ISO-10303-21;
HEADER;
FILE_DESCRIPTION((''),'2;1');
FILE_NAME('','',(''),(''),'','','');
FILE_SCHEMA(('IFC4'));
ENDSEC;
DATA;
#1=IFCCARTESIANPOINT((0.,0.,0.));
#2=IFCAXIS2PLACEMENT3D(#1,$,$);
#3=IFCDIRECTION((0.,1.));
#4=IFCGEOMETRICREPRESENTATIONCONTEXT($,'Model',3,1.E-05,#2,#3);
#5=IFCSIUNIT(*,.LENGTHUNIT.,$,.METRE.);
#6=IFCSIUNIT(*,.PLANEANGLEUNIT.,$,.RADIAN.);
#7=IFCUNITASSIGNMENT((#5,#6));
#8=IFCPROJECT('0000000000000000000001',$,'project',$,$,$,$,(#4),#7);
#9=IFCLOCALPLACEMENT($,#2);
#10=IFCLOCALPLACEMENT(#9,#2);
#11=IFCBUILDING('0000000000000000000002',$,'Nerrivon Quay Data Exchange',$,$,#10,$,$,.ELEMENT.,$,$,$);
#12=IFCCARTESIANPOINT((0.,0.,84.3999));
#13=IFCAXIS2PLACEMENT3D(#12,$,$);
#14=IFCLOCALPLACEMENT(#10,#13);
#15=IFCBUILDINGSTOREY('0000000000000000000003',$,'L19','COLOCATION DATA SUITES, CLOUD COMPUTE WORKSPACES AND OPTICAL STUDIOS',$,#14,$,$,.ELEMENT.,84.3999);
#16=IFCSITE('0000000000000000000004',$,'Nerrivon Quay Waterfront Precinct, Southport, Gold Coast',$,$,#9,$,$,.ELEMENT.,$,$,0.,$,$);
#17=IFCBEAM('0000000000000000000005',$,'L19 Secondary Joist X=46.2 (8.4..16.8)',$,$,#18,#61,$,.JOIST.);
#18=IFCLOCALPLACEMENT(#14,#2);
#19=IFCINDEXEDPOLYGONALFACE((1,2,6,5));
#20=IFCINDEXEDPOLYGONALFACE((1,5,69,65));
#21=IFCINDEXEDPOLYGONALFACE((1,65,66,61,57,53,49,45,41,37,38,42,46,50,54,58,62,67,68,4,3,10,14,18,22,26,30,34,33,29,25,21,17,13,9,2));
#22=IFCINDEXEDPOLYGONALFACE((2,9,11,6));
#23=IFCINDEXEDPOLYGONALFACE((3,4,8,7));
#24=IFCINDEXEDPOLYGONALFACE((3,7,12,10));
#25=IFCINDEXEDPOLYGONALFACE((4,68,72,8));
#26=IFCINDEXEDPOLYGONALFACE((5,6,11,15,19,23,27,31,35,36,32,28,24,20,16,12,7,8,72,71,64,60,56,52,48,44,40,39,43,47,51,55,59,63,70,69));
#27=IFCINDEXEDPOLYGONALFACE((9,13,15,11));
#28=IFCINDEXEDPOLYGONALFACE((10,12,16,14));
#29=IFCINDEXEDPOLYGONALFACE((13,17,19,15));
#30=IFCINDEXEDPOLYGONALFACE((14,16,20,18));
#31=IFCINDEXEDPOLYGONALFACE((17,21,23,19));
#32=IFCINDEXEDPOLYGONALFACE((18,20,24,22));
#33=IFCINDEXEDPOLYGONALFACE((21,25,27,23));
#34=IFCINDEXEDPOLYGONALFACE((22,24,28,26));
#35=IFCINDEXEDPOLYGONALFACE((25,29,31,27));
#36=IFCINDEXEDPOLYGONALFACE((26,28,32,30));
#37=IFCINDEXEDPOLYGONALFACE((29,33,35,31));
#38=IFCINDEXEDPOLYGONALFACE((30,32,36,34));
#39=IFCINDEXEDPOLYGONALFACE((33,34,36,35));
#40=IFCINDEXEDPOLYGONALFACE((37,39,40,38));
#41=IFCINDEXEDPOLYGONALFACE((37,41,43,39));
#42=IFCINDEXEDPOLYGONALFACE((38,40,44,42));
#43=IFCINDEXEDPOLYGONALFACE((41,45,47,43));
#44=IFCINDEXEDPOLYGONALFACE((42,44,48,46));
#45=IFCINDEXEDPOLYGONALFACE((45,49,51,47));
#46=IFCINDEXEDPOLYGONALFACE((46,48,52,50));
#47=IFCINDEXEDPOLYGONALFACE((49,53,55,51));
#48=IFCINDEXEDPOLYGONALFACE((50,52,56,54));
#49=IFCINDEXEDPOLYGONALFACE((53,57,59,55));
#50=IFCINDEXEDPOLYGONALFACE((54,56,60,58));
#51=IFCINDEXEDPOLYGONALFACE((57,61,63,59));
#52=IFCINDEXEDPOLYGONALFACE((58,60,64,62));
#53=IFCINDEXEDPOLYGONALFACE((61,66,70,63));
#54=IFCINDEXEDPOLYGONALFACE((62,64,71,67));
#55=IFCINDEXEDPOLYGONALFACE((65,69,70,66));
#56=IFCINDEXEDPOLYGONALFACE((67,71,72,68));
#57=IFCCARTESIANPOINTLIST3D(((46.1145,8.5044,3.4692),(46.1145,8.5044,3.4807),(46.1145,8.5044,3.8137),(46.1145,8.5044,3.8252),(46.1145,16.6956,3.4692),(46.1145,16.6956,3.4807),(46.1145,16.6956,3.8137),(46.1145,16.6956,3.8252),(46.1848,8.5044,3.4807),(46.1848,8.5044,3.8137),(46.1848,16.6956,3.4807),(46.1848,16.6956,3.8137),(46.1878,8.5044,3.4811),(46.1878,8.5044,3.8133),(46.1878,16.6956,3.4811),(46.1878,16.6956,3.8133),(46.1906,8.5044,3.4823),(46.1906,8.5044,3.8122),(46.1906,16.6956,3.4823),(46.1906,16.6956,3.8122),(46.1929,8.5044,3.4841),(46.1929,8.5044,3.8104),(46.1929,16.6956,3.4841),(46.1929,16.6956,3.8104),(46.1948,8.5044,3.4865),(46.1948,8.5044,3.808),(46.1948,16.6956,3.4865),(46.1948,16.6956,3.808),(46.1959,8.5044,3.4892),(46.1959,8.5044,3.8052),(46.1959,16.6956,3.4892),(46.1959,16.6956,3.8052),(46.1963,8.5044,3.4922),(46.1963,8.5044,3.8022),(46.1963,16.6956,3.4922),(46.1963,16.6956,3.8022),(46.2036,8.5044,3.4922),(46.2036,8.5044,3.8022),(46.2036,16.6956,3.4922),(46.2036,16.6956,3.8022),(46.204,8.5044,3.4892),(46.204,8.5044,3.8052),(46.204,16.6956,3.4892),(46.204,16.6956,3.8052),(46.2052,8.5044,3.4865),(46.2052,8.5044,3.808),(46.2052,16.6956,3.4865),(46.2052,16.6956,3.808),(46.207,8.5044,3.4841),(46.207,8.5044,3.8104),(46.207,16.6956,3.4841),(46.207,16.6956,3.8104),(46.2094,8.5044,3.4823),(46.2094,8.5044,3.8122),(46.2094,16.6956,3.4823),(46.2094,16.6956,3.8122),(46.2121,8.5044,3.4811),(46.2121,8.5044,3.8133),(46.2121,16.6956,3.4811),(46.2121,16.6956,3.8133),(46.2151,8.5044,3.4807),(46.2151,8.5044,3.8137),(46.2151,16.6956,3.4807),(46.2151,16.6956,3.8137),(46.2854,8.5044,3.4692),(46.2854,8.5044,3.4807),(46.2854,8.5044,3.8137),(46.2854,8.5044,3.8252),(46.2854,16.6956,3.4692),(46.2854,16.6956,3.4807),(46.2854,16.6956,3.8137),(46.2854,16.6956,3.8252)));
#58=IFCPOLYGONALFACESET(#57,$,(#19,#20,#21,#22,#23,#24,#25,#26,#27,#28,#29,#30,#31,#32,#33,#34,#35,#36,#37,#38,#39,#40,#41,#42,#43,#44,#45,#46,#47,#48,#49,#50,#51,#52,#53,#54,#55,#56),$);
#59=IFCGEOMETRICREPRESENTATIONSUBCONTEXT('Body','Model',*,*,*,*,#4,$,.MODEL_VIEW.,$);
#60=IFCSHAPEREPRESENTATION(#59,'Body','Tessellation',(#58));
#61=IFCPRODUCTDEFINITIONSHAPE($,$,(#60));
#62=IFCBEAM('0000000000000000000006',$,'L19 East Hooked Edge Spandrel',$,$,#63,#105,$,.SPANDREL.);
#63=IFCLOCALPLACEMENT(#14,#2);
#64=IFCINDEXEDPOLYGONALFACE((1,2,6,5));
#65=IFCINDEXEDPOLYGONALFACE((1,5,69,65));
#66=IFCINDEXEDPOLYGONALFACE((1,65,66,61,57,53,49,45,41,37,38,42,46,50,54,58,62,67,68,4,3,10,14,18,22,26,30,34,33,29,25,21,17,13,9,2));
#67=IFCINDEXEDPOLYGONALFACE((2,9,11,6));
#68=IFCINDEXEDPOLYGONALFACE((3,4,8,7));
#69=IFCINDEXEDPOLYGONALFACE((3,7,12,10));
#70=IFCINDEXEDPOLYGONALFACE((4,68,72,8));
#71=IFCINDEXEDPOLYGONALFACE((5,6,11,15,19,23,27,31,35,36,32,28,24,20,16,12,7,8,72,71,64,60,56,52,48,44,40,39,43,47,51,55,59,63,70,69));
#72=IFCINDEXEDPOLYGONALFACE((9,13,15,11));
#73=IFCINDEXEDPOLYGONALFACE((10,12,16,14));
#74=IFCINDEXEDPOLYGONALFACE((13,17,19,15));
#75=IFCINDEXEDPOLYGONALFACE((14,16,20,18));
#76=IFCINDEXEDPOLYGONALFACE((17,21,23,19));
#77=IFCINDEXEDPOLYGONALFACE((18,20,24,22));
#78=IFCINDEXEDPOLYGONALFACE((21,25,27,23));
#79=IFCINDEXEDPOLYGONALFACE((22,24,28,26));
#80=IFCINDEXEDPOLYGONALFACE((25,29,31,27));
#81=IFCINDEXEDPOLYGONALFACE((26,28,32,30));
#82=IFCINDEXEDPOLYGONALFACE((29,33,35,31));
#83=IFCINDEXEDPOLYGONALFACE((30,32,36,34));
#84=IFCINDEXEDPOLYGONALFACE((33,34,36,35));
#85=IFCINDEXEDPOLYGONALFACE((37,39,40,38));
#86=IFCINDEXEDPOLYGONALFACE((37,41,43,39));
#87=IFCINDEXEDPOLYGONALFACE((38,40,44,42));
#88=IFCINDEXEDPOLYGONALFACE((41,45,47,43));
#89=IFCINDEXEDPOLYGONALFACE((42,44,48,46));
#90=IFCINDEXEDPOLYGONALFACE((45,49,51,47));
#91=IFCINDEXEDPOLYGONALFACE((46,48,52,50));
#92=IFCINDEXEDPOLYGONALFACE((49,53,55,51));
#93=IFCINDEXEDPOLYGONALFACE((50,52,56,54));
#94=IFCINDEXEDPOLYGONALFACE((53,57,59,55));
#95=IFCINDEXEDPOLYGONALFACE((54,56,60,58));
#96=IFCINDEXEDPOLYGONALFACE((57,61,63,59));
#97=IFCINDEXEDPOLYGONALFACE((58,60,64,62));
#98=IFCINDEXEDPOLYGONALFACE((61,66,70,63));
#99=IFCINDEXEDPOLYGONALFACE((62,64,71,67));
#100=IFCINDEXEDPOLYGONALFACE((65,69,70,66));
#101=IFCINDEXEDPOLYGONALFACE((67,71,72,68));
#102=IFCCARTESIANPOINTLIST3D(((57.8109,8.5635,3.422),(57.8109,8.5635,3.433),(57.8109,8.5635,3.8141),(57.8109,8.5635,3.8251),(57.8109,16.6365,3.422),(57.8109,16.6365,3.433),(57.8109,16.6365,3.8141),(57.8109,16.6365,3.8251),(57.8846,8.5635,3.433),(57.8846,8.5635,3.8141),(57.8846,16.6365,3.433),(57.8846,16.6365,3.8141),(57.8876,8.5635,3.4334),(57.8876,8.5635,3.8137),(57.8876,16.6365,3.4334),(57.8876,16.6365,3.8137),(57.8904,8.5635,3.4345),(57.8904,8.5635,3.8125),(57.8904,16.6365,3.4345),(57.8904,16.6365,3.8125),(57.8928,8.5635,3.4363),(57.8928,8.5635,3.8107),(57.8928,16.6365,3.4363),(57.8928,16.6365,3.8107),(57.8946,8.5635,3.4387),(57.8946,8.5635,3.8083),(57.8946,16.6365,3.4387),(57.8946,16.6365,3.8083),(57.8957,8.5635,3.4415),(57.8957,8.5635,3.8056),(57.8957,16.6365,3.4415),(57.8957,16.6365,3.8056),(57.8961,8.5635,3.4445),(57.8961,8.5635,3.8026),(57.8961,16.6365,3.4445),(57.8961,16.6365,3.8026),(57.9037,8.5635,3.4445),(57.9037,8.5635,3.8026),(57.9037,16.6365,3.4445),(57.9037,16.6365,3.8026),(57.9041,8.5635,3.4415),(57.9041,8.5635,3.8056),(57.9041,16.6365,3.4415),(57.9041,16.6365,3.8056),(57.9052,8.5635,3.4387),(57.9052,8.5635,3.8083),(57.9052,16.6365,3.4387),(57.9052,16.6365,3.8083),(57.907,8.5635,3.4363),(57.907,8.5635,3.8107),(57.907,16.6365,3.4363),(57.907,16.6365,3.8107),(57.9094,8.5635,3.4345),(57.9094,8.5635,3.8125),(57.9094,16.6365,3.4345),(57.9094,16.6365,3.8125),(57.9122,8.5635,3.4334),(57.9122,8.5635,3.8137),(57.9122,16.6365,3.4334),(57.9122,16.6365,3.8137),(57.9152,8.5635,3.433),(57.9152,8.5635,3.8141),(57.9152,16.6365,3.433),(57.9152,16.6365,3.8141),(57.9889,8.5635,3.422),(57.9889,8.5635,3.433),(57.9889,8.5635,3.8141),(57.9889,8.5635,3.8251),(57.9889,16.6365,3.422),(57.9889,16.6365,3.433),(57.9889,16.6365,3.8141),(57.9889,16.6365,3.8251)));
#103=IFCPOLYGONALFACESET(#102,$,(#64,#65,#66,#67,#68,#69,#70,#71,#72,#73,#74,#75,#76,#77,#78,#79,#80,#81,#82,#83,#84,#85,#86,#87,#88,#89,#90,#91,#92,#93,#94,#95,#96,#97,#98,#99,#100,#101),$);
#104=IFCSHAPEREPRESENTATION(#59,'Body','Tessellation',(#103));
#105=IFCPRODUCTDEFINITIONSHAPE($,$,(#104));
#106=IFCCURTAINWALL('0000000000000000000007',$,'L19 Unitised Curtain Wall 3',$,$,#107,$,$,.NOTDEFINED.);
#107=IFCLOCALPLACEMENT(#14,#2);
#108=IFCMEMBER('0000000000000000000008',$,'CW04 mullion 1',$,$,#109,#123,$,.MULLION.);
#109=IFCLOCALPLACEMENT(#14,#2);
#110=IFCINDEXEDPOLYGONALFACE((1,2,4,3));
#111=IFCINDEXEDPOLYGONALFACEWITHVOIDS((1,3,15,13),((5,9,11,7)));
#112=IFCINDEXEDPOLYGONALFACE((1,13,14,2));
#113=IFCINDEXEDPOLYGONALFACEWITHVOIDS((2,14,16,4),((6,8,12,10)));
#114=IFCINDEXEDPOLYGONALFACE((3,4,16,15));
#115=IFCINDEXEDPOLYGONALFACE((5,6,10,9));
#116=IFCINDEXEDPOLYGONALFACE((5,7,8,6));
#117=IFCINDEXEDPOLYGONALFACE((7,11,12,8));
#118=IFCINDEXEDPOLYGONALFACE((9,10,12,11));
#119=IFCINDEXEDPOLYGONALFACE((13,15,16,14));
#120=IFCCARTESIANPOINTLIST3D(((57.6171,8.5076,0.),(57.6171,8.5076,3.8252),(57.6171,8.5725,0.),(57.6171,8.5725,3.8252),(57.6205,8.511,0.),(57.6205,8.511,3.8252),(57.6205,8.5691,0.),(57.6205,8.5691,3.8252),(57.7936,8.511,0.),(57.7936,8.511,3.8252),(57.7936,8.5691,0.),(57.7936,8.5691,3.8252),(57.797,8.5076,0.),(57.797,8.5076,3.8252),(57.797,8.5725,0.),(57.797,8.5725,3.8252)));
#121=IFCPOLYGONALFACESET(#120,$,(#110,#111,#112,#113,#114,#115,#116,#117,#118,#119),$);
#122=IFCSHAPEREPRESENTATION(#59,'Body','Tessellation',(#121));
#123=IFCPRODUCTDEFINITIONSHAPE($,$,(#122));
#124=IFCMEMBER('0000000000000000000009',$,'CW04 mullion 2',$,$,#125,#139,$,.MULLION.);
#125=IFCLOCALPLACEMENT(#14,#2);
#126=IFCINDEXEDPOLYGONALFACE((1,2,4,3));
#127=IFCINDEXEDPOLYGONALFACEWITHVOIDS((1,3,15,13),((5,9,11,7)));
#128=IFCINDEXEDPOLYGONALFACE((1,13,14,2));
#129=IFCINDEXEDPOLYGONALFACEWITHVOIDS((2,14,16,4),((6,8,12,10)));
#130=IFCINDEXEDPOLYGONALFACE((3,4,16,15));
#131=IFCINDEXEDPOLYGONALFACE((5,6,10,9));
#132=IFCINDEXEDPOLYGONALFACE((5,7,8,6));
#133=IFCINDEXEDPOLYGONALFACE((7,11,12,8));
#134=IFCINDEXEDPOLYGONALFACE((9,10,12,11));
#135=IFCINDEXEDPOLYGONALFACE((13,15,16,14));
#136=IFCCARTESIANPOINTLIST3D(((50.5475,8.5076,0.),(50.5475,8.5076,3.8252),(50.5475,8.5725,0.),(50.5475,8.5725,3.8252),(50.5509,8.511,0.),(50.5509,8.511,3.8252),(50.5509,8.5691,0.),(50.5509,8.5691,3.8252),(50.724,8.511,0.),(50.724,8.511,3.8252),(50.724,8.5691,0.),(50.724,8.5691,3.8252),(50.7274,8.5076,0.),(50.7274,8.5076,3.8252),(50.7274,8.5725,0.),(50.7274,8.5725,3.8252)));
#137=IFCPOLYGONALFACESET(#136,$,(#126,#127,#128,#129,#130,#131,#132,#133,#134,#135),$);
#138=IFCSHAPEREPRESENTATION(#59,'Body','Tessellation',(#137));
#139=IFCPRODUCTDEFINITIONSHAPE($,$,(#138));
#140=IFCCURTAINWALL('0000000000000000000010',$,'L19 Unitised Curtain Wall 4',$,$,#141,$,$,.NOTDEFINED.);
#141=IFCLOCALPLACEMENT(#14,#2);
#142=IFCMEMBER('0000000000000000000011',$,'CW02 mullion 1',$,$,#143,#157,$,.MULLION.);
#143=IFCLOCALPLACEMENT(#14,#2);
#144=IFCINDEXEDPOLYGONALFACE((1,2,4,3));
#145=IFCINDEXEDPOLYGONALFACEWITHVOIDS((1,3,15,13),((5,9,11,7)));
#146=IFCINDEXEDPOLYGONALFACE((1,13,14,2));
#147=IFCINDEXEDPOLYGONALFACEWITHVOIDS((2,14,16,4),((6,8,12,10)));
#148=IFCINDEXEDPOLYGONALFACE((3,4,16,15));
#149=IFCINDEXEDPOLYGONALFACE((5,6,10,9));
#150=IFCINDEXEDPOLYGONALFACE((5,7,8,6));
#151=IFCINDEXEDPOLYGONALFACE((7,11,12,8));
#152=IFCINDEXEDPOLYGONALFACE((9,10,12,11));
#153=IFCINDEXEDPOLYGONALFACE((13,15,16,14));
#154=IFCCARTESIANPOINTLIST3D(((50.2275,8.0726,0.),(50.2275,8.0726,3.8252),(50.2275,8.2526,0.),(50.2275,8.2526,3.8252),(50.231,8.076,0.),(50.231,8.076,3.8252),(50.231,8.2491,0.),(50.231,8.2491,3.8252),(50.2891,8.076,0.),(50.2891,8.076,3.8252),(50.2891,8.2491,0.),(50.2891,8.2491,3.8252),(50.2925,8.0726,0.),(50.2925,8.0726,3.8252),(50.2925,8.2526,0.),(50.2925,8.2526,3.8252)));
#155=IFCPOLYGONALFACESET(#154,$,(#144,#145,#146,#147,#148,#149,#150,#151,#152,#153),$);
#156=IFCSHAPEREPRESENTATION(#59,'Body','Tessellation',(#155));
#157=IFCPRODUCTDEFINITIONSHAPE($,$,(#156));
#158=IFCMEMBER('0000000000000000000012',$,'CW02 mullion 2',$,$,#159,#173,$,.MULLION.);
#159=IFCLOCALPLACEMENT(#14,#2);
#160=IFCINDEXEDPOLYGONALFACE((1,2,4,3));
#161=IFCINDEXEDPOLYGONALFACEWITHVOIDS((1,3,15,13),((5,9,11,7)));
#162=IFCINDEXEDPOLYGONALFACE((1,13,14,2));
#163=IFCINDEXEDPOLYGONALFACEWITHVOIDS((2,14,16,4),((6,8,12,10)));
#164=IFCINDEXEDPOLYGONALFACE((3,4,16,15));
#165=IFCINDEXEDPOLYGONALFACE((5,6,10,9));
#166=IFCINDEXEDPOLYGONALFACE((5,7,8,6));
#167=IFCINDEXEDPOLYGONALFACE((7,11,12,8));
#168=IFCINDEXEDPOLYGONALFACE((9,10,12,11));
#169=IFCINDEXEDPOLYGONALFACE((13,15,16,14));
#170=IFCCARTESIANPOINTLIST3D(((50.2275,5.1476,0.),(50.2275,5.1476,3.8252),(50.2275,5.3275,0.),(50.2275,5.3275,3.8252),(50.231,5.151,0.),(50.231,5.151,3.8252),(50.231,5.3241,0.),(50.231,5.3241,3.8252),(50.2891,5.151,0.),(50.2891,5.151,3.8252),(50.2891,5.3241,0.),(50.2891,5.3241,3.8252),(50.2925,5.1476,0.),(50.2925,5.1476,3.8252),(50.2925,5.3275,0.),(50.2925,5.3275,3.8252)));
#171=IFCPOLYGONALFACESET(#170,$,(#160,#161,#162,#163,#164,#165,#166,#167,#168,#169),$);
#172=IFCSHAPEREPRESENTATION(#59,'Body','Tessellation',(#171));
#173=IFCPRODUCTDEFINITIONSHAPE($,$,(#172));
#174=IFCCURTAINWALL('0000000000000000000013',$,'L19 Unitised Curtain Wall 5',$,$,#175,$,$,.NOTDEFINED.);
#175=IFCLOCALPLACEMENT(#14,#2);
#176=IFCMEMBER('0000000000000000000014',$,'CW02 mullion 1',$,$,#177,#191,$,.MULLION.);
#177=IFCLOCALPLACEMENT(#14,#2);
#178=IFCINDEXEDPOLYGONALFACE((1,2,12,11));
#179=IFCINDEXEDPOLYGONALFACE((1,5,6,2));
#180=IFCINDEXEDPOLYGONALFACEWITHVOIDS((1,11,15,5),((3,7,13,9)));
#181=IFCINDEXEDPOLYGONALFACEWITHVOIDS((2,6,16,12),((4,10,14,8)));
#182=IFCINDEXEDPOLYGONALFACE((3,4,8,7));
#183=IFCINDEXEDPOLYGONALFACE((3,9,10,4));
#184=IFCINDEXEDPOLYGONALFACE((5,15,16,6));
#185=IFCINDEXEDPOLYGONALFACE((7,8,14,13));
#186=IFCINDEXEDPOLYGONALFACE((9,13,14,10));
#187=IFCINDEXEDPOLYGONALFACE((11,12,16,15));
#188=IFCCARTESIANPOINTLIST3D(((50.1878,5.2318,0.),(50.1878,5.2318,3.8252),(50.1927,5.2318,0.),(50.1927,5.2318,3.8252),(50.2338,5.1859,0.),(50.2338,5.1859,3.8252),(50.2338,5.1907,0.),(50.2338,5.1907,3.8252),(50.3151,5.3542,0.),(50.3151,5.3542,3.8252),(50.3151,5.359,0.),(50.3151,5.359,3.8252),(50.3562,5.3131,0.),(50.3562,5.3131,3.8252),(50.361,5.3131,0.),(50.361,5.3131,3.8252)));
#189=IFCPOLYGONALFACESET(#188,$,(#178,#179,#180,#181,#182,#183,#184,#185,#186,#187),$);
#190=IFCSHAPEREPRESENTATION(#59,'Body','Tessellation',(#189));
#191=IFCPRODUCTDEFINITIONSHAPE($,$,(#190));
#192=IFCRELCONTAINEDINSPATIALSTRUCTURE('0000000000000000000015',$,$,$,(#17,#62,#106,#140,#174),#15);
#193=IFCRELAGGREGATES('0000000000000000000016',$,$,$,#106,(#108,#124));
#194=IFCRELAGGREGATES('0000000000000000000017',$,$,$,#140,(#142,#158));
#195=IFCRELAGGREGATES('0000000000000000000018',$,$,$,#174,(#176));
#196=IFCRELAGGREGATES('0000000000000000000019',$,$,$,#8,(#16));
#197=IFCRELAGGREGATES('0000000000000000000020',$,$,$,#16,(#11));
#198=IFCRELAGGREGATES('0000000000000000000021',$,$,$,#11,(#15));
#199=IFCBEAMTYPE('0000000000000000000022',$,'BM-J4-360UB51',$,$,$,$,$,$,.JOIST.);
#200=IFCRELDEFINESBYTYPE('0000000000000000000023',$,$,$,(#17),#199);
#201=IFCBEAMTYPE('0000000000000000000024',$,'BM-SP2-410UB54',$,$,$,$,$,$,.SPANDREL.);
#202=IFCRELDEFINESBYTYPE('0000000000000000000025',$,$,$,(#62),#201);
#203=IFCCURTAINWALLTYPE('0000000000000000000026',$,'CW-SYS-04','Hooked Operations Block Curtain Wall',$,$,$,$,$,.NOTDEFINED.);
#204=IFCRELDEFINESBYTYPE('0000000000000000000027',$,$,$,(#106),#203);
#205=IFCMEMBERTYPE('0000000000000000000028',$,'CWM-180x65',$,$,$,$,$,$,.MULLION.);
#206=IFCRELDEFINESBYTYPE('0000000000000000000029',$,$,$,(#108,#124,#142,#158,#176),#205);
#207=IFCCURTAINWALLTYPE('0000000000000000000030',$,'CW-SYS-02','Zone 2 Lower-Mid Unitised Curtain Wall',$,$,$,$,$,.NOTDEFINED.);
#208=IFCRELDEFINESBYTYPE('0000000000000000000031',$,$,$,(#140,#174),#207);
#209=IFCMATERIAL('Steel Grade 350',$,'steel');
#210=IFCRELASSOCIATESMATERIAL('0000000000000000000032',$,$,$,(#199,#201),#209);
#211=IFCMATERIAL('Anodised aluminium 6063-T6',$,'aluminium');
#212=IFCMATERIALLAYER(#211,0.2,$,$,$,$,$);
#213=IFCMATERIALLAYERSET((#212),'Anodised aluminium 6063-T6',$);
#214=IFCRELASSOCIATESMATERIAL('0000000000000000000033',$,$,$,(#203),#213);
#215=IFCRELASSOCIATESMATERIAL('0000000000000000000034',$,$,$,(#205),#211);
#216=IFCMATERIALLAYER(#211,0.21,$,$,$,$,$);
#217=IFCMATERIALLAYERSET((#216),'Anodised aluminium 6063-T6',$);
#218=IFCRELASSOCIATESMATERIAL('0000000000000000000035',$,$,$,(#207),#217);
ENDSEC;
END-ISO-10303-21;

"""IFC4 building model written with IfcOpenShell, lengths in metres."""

from ifc_helpers import new_model, si_unit, direction, frame, origin, origin_2d, place, context, subcontext, project, spatial, hollow_rectangle, i_section, extrude, material, layer, layer_set, material_profile, profile_set, type_object, element, aggregate, save


model = new_model("IFC4")

# Units and contexts
model_context = context("Model", 3, precision=1e-05, world=origin(), true_north=direction((0.0, 1.0)))
body_context = subcontext(model_context, "Body", "Model", "MODEL_VIEW")
ifc_project = project(units=[si_unit("LENGTHUNIT", "METRE"), si_unit("PLANEANGLEUNIT", "RADIAN")], contexts=[model_context])

# Site, building, storey
site_placement = place(None, origin())
site = spatial("IfcSite", under=ifc_project, at=site_placement, Name="Nerrivon Quay Waterfront Precinct, Southport, Gold Coast", CompositionType="ELEMENT", RefElevation=0.0)
building_placement = place(site_placement, origin())
building = spatial("IfcBuilding", under=site, at=building_placement, Name="Nerrivon Quay Data Exchange", CompositionType="ELEMENT")
storey_placement = place(building_placement, frame((0.0, 0.0, 84.3999)))
storey = spatial("IfcBuildingStorey", under=building, at=storey_placement, Name="L19", Description="COLOCATION DATA SUITES, CLOUD COMPUTE WORKSPACES AND OPTICAL STUDIOS", CompositionType="ELEMENT", Elevation=84.3999)

# Shared definitions
ifc_material_1 = material(Name="Steel Grade 350", Category="steel")

# Beams
ifc_material_profile_1 = material_profile(ifc_material_1, i_section(OverallWidth=0.1709, OverallDepth=0.356, WebThickness=0.0073, FlangeThickness=0.0115, FilletRadius=0.0115, at=origin_2d()), Name="360UB50.7")
ifc_profile_set_1 = profile_set([ifc_material_profile_1], Name="Steel Grade 350")
beam_type_1 = type_object("IfcBeamType", Name="BM-J4-360UB51", PredefinedType="JOIST", material=ifc_profile_set_1)
beam_1_placement = place(storey_placement, frame((46.2, 8.5044, 3.6472), z_axis=(0.0, 1.0, 0.0), x_axis=(-1.0, 0.0, 0.0)))
element("IfcBeam", 1, at=beam_1_placement, inside=storey, type_object=beam_type_1, Name="L19 Secondary Joist X=46.2 (8.4..16.8)", PredefinedType="JOIST", context=body_context, shape_type="SweptSolid", body=[
    extrude(i_section(OverallWidth=0.1709, OverallDepth=0.356, WebThickness=0.0073, FlangeThickness=0.0115, FilletRadius=0.0115, at=origin_2d()), origin(), (0.0, 0.0, 1.0), 8.1912),
])
ifc_material_profile_2 = material_profile(ifc_material_1, i_section(OverallWidth=0.178, OverallDepth=0.4031, WebThickness=0.0076, FlangeThickness=0.011, FilletRadius=0.0115, at=origin_2d()), Name="410UB53.7")
ifc_profile_set_2 = profile_set([ifc_material_profile_2], Name="Steel Grade 350")
beam_type_2 = type_object("IfcBeamType", Name="BM-SP2-410UB54", PredefinedType="SPANDREL", material=ifc_profile_set_2)
beam_2_placement = place(storey_placement, frame((57.8999, 8.5635, 3.6235), z_axis=(0.0, 1.0, 0.0), x_axis=(-1.0, 0.0, 0.0)))
element("IfcBeam", 2, at=beam_2_placement, inside=storey, type_object=beam_type_2, Name="L19 East Hooked Edge Spandrel", PredefinedType="SPANDREL", context=body_context, shape_type="SweptSolid", body=[
    extrude(i_section(OverallWidth=0.178, OverallDepth=0.4031, WebThickness=0.0076, FlangeThickness=0.011, FilletRadius=0.0115, at=origin_2d()), origin(), (0.0, 0.0, 1.0), 8.073),
])

# Curtain walls, members
ifc_material_2 = material(Name="Anodised aluminium 6063-T6", Category="aluminium")
ifc_layer_1 = layer(ifc_material_2, 0.2)
ifc_layer_set_1 = layer_set([ifc_layer_1], Name="Anodised aluminium 6063-T6")
curtain_wall_type_1 = type_object("IfcCurtainWallType", Name="CW-SYS-04", Description="Hooked Operations Block Curtain Wall", PredefinedType="NOTDEFINED", material=ifc_layer_set_1)
curtain_wall_1_placement = place(storey_placement, origin())
curtain_wall_1 = element("IfcCurtainWall", 3, at=curtain_wall_1_placement, inside=storey, type_object=curtain_wall_type_1, Name="L19 Unitised Curtain Wall 3", PredefinedType="NOTDEFINED")
ifc_material_profile_3 = material_profile(ifc_material_2, hollow_rectangle(XDim=0.0649, YDim=0.1799, WallThickness=0.0034, at=origin_2d()), Name="ALU-MULL-180x65")
ifc_profile_set_3 = profile_set([ifc_material_profile_3], Name="Anodised aluminium 6063-T6")
member_type_1 = type_object("IfcMemberType", Name="CWM-180x65", PredefinedType="MULLION", material=ifc_profile_set_3)
member_1_placement = place(storey_placement, frame((57.707, 8.54, 0.0), z_axis=(0.0, 0.0, 1.0), x_axis=(0.0, -1.0, 0.0)))
member_1 = element("IfcMember", 4, at=member_1_placement, type_object=member_type_1, Name="CW04 mullion 1", PredefinedType="MULLION", context=body_context, shape_type="SweptSolid", body=[
    extrude(hollow_rectangle(XDim=0.0649, YDim=0.1799, WallThickness=0.0034, at=origin_2d()), origin(), (0.0, 0.0, 1.0), 3.8252),
])
member_2_placement = place(storey_placement, frame((50.6375, 8.54, 0.0), z_axis=(0.0, 0.0, 1.0), x_axis=(0.0, -1.0, 0.0)))
member_2 = element("IfcMember", 5, at=member_2_placement, type_object=member_type_1, Name="CW04 mullion 2", PredefinedType="MULLION", context=body_context, shape_type="SweptSolid", body=[
    extrude(hollow_rectangle(XDim=0.0649, YDim=0.1799, WallThickness=0.0034, at=origin_2d()), origin(), (0.0, 0.0, 1.0), 3.8252),
])
ifc_layer_2 = layer(ifc_material_2, 0.21)
ifc_layer_set_2 = layer_set([ifc_layer_2], Name="Anodised aluminium 6063-T6")
curtain_wall_type_2 = type_object("IfcCurtainWallType", Name="CW-SYS-02", Description="Zone 2 Lower-Mid Unitised Curtain Wall", PredefinedType="NOTDEFINED", material=ifc_layer_set_2)
curtain_wall_2_placement = place(storey_placement, origin())
curtain_wall_2 = element("IfcCurtainWall", 6, at=curtain_wall_2_placement, inside=storey, type_object=curtain_wall_type_2, Name="L19 Unitised Curtain Wall 4", PredefinedType="NOTDEFINED")
member_3_placement = place(storey_placement, frame((50.26, 8.1626, 0.0), z_axis=(0.0, 0.0, 1.0), x_axis=(1.0, 0.0, 0.0)))
member_3 = element("IfcMember", 7, at=member_3_placement, type_object=member_type_1, Name="CW02 mullion 1", PredefinedType="MULLION", context=body_context, shape_type="SweptSolid", body=[
    extrude(hollow_rectangle(XDim=0.0649, YDim=0.1799, WallThickness=0.0034, at=origin_2d()), origin(), (0.0, 0.0, 1.0), 3.8252),
])
member_4_placement = place(storey_placement, frame((50.26, 5.2375, 0.0), z_axis=(0.0, 0.0, 1.0), x_axis=(1.0, 0.0, 0.0)))
member_4 = element("IfcMember", 8, at=member_4_placement, type_object=member_type_1, Name="CW02 mullion 2", PredefinedType="MULLION", context=body_context, shape_type="SweptSolid", body=[
    extrude(hollow_rectangle(XDim=0.0649, YDim=0.1799, WallThickness=0.0034, at=origin_2d()), origin(), (0.0, 0.0, 1.0), 3.8252),
])

# Curtain wall, member
curtain_wall_3_placement = place(storey_placement, origin())
curtain_wall_3 = element("IfcCurtainWall", 9, at=curtain_wall_3_placement, inside=storey, type_object=curtain_wall_type_2, Name="L19 Unitised Curtain Wall 5", PredefinedType="NOTDEFINED")
member_5_placement = place(storey_placement, frame((50.2744, 5.2725, 0.0), z_axis=(0.0, 0.0, 1.0), x_axis=(0.707107, -0.707107, 0.0)))
member_5 = element("IfcMember", 10, at=member_5_placement, type_object=member_type_1, Name="CW02 mullion 1", PredefinedType="MULLION", context=body_context, shape_type="SweptSolid", body=[
    extrude(hollow_rectangle(XDim=0.0649, YDim=0.1799, WallThickness=0.0034, at=origin_2d()), origin(), (0.0, 0.0, 1.0), 3.8252),
])

aggregate(curtain_wall_1, [member_1, member_2])
aggregate(curtain_wall_2, [member_3, member_4])
aggregate(curtain_wall_3, [member_5])

save(model, "model.ifc")
